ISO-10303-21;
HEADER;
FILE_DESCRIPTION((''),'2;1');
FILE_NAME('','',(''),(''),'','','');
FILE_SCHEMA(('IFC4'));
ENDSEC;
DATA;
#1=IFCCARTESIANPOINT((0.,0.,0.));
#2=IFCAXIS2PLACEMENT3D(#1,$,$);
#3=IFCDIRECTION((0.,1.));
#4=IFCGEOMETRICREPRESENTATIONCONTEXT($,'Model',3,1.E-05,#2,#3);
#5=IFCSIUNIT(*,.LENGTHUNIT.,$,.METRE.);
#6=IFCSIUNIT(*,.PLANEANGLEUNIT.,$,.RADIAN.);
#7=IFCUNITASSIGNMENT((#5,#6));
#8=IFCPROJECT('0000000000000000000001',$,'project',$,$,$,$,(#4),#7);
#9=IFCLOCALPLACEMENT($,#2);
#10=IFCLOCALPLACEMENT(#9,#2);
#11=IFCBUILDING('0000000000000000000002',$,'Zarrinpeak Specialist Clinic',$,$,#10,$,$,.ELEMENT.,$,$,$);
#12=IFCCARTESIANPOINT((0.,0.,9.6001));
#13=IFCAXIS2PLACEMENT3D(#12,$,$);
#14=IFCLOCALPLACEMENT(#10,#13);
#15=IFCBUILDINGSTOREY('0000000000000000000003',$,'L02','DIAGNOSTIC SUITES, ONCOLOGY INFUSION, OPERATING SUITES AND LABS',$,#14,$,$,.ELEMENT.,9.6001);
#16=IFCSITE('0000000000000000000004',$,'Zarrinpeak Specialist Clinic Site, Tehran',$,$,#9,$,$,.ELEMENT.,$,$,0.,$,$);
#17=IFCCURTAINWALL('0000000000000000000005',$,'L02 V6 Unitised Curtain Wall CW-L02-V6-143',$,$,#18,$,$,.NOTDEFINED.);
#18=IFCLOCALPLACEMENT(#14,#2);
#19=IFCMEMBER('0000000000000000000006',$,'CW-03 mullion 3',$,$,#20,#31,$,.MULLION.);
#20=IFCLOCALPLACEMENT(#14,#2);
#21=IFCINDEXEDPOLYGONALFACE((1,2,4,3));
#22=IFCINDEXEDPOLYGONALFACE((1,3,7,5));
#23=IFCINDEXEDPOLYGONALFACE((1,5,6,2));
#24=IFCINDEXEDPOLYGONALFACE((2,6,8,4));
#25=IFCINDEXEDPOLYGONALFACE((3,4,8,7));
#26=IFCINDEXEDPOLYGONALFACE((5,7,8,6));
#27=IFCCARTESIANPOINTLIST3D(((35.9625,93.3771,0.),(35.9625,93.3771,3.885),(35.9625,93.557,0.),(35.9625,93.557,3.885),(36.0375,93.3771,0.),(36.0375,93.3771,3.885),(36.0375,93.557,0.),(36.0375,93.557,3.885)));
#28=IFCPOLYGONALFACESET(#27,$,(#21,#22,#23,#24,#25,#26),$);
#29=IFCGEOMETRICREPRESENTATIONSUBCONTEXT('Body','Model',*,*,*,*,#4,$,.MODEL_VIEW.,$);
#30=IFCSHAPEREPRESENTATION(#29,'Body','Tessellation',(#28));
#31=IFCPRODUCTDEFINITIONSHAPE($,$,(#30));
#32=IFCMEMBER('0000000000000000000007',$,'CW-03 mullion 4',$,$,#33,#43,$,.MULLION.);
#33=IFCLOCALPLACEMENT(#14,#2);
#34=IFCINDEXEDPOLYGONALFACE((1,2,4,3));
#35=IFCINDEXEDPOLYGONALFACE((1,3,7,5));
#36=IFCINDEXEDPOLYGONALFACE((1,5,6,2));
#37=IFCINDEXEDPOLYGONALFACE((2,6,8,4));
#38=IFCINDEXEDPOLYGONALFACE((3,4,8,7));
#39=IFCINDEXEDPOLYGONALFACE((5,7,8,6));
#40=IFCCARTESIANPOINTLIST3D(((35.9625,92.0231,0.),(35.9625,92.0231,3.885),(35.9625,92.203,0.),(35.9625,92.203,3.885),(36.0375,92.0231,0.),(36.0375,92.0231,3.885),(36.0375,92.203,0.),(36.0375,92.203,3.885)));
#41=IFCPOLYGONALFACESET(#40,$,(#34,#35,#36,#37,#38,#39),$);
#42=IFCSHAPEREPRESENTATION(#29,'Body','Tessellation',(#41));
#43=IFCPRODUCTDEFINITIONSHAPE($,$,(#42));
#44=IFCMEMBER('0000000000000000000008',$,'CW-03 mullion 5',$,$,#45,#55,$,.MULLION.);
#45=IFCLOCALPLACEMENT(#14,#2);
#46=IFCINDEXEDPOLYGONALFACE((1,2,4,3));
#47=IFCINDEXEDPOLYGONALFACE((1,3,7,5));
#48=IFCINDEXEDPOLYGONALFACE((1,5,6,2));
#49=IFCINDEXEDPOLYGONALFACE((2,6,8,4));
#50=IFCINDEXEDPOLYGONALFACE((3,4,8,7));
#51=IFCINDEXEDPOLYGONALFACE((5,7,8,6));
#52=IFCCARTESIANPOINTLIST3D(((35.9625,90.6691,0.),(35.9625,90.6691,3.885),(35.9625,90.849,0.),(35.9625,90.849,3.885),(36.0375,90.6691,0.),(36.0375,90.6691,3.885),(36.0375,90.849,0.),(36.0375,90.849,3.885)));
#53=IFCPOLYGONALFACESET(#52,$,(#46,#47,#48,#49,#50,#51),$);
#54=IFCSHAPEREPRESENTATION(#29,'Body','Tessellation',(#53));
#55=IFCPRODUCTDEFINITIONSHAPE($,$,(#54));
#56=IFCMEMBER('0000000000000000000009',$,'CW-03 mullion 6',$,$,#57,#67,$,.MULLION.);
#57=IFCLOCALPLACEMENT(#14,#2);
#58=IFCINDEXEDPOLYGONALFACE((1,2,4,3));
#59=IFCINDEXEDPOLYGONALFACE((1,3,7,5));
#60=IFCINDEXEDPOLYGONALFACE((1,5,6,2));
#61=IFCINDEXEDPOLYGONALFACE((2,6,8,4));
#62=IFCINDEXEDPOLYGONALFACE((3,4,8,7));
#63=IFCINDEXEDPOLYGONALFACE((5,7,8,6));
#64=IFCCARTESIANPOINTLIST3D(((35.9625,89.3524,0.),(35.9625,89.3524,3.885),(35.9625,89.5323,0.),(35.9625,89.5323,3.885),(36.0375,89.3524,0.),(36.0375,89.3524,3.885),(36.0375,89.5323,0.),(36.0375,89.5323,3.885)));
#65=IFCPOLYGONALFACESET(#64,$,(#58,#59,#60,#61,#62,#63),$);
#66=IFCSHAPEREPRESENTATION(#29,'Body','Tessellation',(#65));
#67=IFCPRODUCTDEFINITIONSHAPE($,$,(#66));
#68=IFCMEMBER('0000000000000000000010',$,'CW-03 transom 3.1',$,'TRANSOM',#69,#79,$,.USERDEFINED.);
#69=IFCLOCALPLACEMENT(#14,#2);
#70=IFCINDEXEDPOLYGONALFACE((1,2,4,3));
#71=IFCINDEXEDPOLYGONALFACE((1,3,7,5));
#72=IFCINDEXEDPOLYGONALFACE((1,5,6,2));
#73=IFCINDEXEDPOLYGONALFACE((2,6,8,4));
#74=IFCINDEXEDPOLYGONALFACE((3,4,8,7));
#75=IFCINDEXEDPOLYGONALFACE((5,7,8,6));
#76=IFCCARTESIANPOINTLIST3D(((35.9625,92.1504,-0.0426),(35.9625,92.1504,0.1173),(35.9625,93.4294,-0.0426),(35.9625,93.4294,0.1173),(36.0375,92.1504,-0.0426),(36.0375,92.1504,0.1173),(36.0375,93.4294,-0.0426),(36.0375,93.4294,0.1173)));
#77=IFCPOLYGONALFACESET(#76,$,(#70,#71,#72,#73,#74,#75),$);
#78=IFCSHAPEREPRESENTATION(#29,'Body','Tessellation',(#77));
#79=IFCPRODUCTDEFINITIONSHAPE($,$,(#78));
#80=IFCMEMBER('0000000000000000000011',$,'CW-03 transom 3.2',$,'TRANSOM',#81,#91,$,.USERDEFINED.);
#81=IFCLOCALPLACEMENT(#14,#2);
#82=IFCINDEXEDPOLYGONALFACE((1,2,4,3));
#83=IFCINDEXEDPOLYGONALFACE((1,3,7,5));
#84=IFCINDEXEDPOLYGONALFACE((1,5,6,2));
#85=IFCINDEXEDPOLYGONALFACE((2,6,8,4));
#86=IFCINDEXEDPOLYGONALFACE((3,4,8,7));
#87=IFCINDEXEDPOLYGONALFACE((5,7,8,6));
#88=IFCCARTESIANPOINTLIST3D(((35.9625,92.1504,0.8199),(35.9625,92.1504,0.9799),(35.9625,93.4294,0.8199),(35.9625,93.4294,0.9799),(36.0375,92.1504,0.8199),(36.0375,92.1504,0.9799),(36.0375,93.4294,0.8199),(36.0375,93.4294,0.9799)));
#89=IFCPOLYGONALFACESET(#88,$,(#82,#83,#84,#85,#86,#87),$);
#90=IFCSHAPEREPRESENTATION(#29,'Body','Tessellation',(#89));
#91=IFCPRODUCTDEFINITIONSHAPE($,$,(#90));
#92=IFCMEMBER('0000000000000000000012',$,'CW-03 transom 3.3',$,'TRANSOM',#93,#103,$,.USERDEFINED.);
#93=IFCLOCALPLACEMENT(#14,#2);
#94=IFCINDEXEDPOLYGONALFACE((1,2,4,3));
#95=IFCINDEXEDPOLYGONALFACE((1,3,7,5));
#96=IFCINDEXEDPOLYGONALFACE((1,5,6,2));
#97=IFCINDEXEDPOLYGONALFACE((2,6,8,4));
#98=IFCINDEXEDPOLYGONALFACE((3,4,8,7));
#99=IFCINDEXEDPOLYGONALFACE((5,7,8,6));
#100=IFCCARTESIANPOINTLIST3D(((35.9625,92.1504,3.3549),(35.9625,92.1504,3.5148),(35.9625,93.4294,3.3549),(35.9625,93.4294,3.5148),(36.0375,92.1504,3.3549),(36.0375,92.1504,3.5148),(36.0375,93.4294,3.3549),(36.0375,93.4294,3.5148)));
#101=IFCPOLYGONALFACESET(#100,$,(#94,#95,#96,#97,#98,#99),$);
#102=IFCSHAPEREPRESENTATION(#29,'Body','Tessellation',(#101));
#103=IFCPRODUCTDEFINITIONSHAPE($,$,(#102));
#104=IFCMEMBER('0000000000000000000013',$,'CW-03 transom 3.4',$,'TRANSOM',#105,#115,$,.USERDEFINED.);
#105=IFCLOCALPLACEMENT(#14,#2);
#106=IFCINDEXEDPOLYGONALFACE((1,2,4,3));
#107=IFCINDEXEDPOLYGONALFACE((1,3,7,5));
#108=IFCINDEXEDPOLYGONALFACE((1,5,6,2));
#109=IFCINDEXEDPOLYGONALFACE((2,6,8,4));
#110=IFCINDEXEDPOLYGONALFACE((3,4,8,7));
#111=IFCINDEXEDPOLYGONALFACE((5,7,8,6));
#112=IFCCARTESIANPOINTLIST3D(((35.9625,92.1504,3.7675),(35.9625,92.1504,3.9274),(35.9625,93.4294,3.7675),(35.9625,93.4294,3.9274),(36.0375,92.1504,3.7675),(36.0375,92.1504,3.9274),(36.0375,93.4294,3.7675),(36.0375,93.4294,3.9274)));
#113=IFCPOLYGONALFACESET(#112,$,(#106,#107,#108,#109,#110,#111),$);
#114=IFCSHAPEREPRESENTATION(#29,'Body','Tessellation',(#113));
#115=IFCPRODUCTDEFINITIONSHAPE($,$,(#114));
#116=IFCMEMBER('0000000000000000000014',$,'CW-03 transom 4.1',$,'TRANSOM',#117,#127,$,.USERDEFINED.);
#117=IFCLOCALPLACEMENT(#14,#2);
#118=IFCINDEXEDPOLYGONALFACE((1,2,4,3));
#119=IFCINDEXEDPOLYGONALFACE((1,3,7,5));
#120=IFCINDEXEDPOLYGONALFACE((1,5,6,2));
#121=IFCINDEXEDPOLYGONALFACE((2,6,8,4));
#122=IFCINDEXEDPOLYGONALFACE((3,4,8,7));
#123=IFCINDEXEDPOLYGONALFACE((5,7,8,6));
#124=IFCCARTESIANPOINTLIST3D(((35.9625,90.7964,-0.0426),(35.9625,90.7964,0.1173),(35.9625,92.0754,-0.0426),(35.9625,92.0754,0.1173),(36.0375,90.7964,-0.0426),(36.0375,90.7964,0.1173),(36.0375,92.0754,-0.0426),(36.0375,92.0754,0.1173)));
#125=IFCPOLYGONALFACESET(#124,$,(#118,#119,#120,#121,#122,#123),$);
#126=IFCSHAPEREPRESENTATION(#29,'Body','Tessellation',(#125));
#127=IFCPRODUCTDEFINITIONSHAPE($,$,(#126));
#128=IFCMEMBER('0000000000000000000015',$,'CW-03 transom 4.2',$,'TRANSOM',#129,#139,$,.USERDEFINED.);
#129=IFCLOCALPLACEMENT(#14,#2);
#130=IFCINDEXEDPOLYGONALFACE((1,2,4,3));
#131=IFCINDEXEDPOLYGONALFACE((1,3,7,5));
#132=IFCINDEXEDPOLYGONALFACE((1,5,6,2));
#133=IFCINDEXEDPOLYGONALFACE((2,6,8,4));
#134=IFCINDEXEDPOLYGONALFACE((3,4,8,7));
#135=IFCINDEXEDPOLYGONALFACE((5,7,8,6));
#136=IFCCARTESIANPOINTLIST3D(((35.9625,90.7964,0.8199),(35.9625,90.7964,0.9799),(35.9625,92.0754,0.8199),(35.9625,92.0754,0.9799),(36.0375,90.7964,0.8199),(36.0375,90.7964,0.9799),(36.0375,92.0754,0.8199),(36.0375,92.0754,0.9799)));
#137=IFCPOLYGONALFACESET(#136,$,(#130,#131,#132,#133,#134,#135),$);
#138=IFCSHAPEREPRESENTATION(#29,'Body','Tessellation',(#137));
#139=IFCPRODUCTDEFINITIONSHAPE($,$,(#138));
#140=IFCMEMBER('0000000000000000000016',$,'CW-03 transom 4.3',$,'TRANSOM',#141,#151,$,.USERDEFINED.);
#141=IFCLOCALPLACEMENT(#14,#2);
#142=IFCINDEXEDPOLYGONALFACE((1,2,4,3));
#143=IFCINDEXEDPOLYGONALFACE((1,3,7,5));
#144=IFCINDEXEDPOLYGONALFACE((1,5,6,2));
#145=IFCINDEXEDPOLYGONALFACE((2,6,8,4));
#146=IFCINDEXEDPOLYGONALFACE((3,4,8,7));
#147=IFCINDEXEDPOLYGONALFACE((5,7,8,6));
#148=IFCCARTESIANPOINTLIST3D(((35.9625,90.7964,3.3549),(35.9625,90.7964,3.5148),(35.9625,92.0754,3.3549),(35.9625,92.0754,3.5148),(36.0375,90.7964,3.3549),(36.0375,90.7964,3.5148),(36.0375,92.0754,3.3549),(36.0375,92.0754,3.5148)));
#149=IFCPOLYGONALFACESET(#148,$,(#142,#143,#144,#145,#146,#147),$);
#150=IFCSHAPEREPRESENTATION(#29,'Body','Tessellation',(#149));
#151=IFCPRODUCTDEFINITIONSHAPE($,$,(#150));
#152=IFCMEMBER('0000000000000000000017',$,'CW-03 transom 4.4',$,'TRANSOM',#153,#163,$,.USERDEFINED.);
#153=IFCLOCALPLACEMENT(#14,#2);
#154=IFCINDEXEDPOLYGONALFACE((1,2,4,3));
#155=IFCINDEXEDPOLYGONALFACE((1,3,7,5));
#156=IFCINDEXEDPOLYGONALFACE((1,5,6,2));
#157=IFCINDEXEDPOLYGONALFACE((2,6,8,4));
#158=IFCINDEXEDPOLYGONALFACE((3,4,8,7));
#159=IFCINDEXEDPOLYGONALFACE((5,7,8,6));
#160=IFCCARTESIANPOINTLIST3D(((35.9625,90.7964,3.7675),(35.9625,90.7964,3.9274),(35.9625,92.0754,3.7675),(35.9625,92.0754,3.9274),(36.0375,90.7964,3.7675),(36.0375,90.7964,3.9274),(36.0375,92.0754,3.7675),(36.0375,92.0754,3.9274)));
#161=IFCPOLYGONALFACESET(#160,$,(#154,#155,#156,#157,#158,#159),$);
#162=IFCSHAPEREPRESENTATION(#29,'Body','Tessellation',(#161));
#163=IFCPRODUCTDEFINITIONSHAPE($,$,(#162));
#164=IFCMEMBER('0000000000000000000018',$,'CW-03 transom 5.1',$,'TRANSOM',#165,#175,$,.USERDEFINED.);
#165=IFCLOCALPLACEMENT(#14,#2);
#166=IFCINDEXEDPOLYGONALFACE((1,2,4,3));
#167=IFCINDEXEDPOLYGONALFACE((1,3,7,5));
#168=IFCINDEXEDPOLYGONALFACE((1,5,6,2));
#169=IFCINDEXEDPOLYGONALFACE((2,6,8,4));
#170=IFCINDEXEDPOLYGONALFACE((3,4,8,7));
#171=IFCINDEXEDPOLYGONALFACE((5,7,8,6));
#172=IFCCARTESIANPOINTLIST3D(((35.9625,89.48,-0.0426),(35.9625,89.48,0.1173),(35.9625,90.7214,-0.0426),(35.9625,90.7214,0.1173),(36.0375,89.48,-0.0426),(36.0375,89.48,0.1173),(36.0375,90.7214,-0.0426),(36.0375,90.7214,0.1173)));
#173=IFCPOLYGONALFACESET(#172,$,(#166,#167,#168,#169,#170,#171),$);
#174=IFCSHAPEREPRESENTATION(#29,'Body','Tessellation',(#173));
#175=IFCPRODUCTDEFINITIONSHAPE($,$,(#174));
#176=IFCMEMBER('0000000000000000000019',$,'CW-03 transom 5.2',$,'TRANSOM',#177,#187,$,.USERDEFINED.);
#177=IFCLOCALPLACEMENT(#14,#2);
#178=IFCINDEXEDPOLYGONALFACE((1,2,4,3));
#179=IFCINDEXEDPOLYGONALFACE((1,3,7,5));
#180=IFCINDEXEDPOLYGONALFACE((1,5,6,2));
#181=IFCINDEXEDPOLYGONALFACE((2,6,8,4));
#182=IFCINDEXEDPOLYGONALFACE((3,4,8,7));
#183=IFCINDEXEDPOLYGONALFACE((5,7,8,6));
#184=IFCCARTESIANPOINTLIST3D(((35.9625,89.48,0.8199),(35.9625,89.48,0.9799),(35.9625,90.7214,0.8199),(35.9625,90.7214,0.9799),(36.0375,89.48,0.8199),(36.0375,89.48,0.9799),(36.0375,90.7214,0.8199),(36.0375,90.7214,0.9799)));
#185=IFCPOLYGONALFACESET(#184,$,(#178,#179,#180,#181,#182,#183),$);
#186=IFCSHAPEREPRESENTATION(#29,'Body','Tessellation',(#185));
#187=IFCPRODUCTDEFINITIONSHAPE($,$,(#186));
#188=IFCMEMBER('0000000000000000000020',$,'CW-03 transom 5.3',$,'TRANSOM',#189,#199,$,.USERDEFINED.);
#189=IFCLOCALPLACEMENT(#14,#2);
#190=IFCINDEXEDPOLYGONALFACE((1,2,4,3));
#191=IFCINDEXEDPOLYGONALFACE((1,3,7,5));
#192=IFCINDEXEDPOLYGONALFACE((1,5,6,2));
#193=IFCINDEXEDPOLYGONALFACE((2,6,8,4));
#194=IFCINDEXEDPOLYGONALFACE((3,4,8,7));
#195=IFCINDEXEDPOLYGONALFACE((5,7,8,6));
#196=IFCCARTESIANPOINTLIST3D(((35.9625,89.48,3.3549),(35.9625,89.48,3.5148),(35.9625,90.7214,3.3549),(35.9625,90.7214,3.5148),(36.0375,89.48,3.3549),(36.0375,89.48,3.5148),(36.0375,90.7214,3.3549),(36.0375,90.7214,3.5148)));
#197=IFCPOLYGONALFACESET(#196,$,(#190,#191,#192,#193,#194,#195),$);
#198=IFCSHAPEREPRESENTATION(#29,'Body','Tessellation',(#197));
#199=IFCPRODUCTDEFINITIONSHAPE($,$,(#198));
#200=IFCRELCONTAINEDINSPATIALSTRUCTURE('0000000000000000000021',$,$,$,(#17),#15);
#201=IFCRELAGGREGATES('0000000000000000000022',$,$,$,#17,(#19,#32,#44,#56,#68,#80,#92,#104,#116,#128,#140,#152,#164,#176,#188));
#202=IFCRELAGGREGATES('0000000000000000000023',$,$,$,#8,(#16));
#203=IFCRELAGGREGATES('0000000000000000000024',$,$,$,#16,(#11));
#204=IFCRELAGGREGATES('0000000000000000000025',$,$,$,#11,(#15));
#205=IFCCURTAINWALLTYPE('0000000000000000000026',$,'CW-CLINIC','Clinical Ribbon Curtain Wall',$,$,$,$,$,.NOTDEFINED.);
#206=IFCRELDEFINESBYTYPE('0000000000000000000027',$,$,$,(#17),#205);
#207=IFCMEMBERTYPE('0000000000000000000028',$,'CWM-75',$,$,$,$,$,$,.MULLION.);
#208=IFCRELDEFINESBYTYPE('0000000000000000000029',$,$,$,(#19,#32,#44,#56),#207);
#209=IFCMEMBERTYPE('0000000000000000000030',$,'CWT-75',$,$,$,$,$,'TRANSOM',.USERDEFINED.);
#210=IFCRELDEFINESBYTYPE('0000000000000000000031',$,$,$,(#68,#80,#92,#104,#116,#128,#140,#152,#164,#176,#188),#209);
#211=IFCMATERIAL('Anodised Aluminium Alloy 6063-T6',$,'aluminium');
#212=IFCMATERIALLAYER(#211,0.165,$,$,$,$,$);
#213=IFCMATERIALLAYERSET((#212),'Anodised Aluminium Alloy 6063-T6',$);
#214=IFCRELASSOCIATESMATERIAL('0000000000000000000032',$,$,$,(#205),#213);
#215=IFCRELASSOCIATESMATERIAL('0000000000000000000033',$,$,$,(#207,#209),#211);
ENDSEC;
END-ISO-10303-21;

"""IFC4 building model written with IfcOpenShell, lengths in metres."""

from ifc_helpers import new_model, si_unit, direction, frame, origin, origin_2d, place, context, subcontext, project, spatial, rectangle, extrude, material, layer, layer_set, material_profile, profile_set, type_object, element, aggregate, save


model = new_model("IFC4")

# Units and contexts
model_context = context("Model", 3, precision=1e-05, world=origin(), true_north=direction((0.0, 1.0)))
body_context = subcontext(model_context, "Body", "Model", "MODEL_VIEW")
ifc_project = project(units=[si_unit("LENGTHUNIT", "METRE"), si_unit("PLANEANGLEUNIT", "RADIAN")], contexts=[model_context])

# Site, building, storey
site_placement = place(None, origin())
site = spatial("IfcSite", under=ifc_project, at=site_placement, Name="Zarrinpeak Specialist Clinic Site, Tehran", CompositionType="ELEMENT", RefElevation=0.0)
building_placement = place(site_placement, origin())
building = spatial("IfcBuilding", under=site, at=building_placement, Name="Zarrinpeak Specialist Clinic", CompositionType="ELEMENT")
storey_placement = place(building_placement, frame((0.0, 0.0, 9.6001)))
storey = spatial("IfcBuildingStorey", under=building, at=storey_placement, Name="L02", Description="DIAGNOSTIC SUITES, ONCOLOGY INFUSION, OPERATING SUITES AND LABS", CompositionType="ELEMENT", Elevation=9.6001)

# Curtain wall, members
ifc_material_1 = material(Name="Anodised Aluminium Alloy 6063-T6", Category="aluminium")
ifc_layer_1 = layer(ifc_material_1, 0.165)
ifc_layer_set_1 = layer_set([ifc_layer_1], Name="Anodised Aluminium Alloy 6063-T6")
curtain_wall_type = type_object("IfcCurtainWallType", Name="CW-CLINIC", Description="Clinical Ribbon Curtain Wall", PredefinedType="NOTDEFINED", material=ifc_layer_set_1)
curtain_wall_placement = place(storey_placement, origin())
curtain_wall = element("IfcCurtainWall", 1, at=curtain_wall_placement, inside=storey, type_object=curtain_wall_type, Name="L02 V6 Unitised Curtain Wall CW-L02-V6-143", PredefinedType="NOTDEFINED")
ifc_material_profile_1 = material_profile(ifc_material_1, rectangle(XDim=0.075, YDim=0.1799, at=origin_2d()), Name="ALU 75x180")
ifc_profile_set_1 = profile_set([ifc_material_profile_1], Name="Anodised Aluminium Alloy 6063-T6")
member_type_1 = type_object("IfcMemberType", Name="CWM-75", PredefinedType="MULLION", material=ifc_profile_set_1)
member_1_placement = place(storey_placement, frame((36.0, 93.467, 0.0), z_axis=(0.0, 0.0, 1.0), x_axis=(1.0, 0.0, 0.0)))
member_1 = element("IfcMember", 2, at=member_1_placement, type_object=member_type_1, Name="CW-03 mullion 3", PredefinedType="MULLION", context=body_context, shape_type="SweptSolid", body=[
    extrude(rectangle(XDim=0.075, YDim=0.1799, at=origin_2d()), origin(), (0.0, 0.0, 1.0), 3.885),
])
member_2_placement = place(storey_placement, frame((36.0, 92.113, 0.0), z_axis=(0.0, 0.0, 1.0), x_axis=(1.0, 0.0, 0.0)))
member_2 = element("IfcMember", 3, at=member_2_placement, type_object=member_type_1, Name="CW-03 mullion 4", PredefinedType="MULLION", context=body_context, shape_type="SweptSolid", body=[
    extrude(rectangle(XDim=0.075, YDim=0.1799, at=origin_2d()), origin(), (0.0, 0.0, 1.0), 3.885),
])
member_3_placement = place(storey_placement, frame((36.0, 90.759, 0.0), z_axis=(0.0, 0.0, 1.0), x_axis=(1.0, 0.0, 0.0)))
member_3 = element("IfcMember", 4, at=member_3_placement, type_object=member_type_1, Name="CW-03 mullion 5", PredefinedType="MULLION", context=body_context, shape_type="SweptSolid", body=[
    extrude(rectangle(XDim=0.075, YDim=0.1799, at=origin_2d()), origin(), (0.0, 0.0, 1.0), 3.885),
])
member_4_placement = place(storey_placement, frame((36.0, 89.4424, 0.0), z_axis=(0.0, 0.0, 1.0), x_axis=(1.0, 0.0, 0.0)))
member_4 = element("IfcMember", 5, at=member_4_placement, type_object=member_type_1, Name="CW-03 mullion 6", PredefinedType="MULLION", context=body_context, shape_type="SweptSolid", body=[
    extrude(rectangle(XDim=0.075, YDim=0.1799, at=origin_2d()), origin(), (0.0, 0.0, 1.0), 3.885),
])
ifc_material_profile_2 = material_profile(ifc_material_1, rectangle(XDim=0.075, YDim=0.1599, at=origin_2d()), Name="ALU 75x160")
ifc_profile_set_2 = profile_set([ifc_material_profile_2], Name="Anodised Aluminium Alloy 6063-T6")
member_type_2 = type_object("IfcMemberType", Name="CWT-75", ElementType="TRANSOM", PredefinedType="USERDEFINED", material=ifc_profile_set_2)
member_5_placement = place(storey_placement, frame((36.0, 93.4294, 0.0374), z_axis=(0.0, -1.0, 0.0), x_axis=(1.0, 0.0, 0.0)))
member_5 = element("IfcMember", 6, at=member_5_placement, type_object=member_type_2, Name="CW-03 transom 3.1", ObjectType="TRANSOM", PredefinedType="USERDEFINED", context=body_context, shape_type="SweptSolid", body=[
    extrude(rectangle(XDim=0.075, YDim=0.1599, at=origin_2d()), origin(), (0.0, 0.0, 1.0), 1.2791),
])
member_6_placement = place(storey_placement, frame((36.0, 93.4294, 0.8999), z_axis=(0.0, -1.0, 0.0), x_axis=(1.0, 0.0, 0.0)))
member_6 = element("IfcMember", 7, at=member_6_placement, type_object=member_type_2, Name="CW-03 transom 3.2", ObjectType="TRANSOM", PredefinedType="USERDEFINED", context=body_context, shape_type="SweptSolid", body=[
    extrude(rectangle(XDim=0.075, YDim=0.1599, at=origin_2d()), origin(), (0.0, 0.0, 1.0), 1.2791),
])
member_7_placement = place(storey_placement, frame((36.0, 93.4294, 3.4348), z_axis=(0.0, -1.0, 0.0), x_axis=(1.0, 0.0, 0.0)))
member_7 = element("IfcMember", 8, at=member_7_placement, type_object=member_type_2, Name="CW-03 transom 3.3", ObjectType="TRANSOM", PredefinedType="USERDEFINED", context=body_context, shape_type="SweptSolid", body=[
    extrude(rectangle(XDim=0.075, YDim=0.1599, at=origin_2d()), origin(), (0.0, 0.0, 1.0), 1.2791),
])
member_8_placement = place(storey_placement, frame((36.0, 93.4294, 3.8474), z_axis=(0.0, -1.0, 0.0), x_axis=(1.0, 0.0, 0.0)))
member_8 = element("IfcMember", 9, at=member_8_placement, type_object=member_type_2, Name="CW-03 transom 3.4", ObjectType="TRANSOM", PredefinedType="USERDEFINED", context=body_context, shape_type="SweptSolid", body=[
    extrude(rectangle(XDim=0.075, YDim=0.1599, at=origin_2d()), origin(), (0.0, 0.0, 1.0), 1.2791),
])
member_9_placement = place(storey_placement, frame((36.0, 92.0754, 0.0374), z_axis=(0.0, -1.0, 0.0), x_axis=(1.0, 0.0, 0.0)))
member_9 = element("IfcMember", 10, at=member_9_placement, type_object=member_type_2, Name="CW-03 transom 4.1", ObjectType="TRANSOM", PredefinedType="USERDEFINED", context=body_context, shape_type="SweptSolid", body=[
    extrude(rectangle(XDim=0.075, YDim=0.1599, at=origin_2d()), origin(), (0.0, 0.0, 1.0), 1.2791),
])
member_10_placement = place(storey_placement, frame((36.0, 92.0754, 0.8999), z_axis=(0.0, -1.0, 0.0), x_axis=(1.0, 0.0, 0.0)))
member_10 = element("IfcMember", 11, at=member_10_placement, type_object=member_type_2, Name="CW-03 transom 4.2", ObjectType="TRANSOM", PredefinedType="USERDEFINED", context=body_context, shape_type="SweptSolid", body=[
    extrude(rectangle(XDim=0.075, YDim=0.1599, at=origin_2d()), origin(), (0.0, 0.0, 1.0), 1.2791),
])
member_11_placement = place(storey_placement, frame((36.0, 92.0754, 3.4348), z_axis=(0.0, -1.0, 0.0), x_axis=(1.0, 0.0, 0.0)))
member_11 = element("IfcMember", 12, at=member_11_placement, type_object=member_type_2, Name="CW-03 transom 4.3", ObjectType="TRANSOM", PredefinedType="USERDEFINED", context=body_context, shape_type="SweptSolid", body=[
    extrude(rectangle(XDim=0.075, YDim=0.1599, at=origin_2d()), origin(), (0.0, 0.0, 1.0), 1.2791),
])
member_12_placement = place(storey_placement, frame((36.0, 92.0754, 3.8474), z_axis=(0.0, -1.0, 0.0), x_axis=(1.0, 0.0, 0.0)))
member_12 = element("IfcMember", 13, at=member_12_placement, type_object=member_type_2, Name="CW-03 transom 4.4", ObjectType="TRANSOM", PredefinedType="USERDEFINED", context=body_context, shape_type="SweptSolid", body=[
    extrude(rectangle(XDim=0.075, YDim=0.1599, at=origin_2d()), origin(), (0.0, 0.0, 1.0), 1.2791),
])
member_13_placement = place(storey_placement, frame((36.0, 90.7214, 0.0374), z_axis=(0.0, -1.0, 0.0), x_axis=(1.0, 0.0, 0.0)))
member_13 = element("IfcMember", 14, at=member_13_placement, type_object=member_type_2, Name="CW-03 transom 5.1", ObjectType="TRANSOM", PredefinedType="USERDEFINED", context=body_context, shape_type="SweptSolid", body=[
    extrude(rectangle(XDim=0.075, YDim=0.1599, at=origin_2d()), origin(), (0.0, 0.0, 1.0), 1.2415),
])
member_14_placement = place(storey_placement, frame((36.0, 90.7214, 0.8999), z_axis=(0.0, -1.0, 0.0), x_axis=(1.0, 0.0, 0.0)))
member_14 = element("IfcMember", 15, at=member_14_placement, type_object=member_type_2, Name="CW-03 transom 5.2", ObjectType="TRANSOM", PredefinedType="USERDEFINED", context=body_context, shape_type="SweptSolid", body=[
    extrude(rectangle(XDim=0.075, YDim=0.1599, at=origin_2d()), origin(), (0.0, 0.0, 1.0), 1.2415),
])
member_15_placement = place(storey_placement, frame((36.0, 90.7214, 3.4348), z_axis=(0.0, -1.0, 0.0), x_axis=(1.0, 0.0, 0.0)))
member_15 = element("IfcMember", 16, at=member_15_placement, type_object=member_type_2, Name="CW-03 transom 5.3", ObjectType="TRANSOM", PredefinedType="USERDEFINED", context=body_context, shape_type="SweptSolid", body=[
    extrude(rectangle(XDim=0.075, YDim=0.1599, at=origin_2d()), origin(), (0.0, 0.0, 1.0), 1.2415),
])
aggregate(curtain_wall, [member_1, member_2, member_3, member_4, member_5, member_6, member_7, member_8, member_9, member_10, member_11, member_12, member_13, member_14, member_15])

save(model, "model.ifc")
